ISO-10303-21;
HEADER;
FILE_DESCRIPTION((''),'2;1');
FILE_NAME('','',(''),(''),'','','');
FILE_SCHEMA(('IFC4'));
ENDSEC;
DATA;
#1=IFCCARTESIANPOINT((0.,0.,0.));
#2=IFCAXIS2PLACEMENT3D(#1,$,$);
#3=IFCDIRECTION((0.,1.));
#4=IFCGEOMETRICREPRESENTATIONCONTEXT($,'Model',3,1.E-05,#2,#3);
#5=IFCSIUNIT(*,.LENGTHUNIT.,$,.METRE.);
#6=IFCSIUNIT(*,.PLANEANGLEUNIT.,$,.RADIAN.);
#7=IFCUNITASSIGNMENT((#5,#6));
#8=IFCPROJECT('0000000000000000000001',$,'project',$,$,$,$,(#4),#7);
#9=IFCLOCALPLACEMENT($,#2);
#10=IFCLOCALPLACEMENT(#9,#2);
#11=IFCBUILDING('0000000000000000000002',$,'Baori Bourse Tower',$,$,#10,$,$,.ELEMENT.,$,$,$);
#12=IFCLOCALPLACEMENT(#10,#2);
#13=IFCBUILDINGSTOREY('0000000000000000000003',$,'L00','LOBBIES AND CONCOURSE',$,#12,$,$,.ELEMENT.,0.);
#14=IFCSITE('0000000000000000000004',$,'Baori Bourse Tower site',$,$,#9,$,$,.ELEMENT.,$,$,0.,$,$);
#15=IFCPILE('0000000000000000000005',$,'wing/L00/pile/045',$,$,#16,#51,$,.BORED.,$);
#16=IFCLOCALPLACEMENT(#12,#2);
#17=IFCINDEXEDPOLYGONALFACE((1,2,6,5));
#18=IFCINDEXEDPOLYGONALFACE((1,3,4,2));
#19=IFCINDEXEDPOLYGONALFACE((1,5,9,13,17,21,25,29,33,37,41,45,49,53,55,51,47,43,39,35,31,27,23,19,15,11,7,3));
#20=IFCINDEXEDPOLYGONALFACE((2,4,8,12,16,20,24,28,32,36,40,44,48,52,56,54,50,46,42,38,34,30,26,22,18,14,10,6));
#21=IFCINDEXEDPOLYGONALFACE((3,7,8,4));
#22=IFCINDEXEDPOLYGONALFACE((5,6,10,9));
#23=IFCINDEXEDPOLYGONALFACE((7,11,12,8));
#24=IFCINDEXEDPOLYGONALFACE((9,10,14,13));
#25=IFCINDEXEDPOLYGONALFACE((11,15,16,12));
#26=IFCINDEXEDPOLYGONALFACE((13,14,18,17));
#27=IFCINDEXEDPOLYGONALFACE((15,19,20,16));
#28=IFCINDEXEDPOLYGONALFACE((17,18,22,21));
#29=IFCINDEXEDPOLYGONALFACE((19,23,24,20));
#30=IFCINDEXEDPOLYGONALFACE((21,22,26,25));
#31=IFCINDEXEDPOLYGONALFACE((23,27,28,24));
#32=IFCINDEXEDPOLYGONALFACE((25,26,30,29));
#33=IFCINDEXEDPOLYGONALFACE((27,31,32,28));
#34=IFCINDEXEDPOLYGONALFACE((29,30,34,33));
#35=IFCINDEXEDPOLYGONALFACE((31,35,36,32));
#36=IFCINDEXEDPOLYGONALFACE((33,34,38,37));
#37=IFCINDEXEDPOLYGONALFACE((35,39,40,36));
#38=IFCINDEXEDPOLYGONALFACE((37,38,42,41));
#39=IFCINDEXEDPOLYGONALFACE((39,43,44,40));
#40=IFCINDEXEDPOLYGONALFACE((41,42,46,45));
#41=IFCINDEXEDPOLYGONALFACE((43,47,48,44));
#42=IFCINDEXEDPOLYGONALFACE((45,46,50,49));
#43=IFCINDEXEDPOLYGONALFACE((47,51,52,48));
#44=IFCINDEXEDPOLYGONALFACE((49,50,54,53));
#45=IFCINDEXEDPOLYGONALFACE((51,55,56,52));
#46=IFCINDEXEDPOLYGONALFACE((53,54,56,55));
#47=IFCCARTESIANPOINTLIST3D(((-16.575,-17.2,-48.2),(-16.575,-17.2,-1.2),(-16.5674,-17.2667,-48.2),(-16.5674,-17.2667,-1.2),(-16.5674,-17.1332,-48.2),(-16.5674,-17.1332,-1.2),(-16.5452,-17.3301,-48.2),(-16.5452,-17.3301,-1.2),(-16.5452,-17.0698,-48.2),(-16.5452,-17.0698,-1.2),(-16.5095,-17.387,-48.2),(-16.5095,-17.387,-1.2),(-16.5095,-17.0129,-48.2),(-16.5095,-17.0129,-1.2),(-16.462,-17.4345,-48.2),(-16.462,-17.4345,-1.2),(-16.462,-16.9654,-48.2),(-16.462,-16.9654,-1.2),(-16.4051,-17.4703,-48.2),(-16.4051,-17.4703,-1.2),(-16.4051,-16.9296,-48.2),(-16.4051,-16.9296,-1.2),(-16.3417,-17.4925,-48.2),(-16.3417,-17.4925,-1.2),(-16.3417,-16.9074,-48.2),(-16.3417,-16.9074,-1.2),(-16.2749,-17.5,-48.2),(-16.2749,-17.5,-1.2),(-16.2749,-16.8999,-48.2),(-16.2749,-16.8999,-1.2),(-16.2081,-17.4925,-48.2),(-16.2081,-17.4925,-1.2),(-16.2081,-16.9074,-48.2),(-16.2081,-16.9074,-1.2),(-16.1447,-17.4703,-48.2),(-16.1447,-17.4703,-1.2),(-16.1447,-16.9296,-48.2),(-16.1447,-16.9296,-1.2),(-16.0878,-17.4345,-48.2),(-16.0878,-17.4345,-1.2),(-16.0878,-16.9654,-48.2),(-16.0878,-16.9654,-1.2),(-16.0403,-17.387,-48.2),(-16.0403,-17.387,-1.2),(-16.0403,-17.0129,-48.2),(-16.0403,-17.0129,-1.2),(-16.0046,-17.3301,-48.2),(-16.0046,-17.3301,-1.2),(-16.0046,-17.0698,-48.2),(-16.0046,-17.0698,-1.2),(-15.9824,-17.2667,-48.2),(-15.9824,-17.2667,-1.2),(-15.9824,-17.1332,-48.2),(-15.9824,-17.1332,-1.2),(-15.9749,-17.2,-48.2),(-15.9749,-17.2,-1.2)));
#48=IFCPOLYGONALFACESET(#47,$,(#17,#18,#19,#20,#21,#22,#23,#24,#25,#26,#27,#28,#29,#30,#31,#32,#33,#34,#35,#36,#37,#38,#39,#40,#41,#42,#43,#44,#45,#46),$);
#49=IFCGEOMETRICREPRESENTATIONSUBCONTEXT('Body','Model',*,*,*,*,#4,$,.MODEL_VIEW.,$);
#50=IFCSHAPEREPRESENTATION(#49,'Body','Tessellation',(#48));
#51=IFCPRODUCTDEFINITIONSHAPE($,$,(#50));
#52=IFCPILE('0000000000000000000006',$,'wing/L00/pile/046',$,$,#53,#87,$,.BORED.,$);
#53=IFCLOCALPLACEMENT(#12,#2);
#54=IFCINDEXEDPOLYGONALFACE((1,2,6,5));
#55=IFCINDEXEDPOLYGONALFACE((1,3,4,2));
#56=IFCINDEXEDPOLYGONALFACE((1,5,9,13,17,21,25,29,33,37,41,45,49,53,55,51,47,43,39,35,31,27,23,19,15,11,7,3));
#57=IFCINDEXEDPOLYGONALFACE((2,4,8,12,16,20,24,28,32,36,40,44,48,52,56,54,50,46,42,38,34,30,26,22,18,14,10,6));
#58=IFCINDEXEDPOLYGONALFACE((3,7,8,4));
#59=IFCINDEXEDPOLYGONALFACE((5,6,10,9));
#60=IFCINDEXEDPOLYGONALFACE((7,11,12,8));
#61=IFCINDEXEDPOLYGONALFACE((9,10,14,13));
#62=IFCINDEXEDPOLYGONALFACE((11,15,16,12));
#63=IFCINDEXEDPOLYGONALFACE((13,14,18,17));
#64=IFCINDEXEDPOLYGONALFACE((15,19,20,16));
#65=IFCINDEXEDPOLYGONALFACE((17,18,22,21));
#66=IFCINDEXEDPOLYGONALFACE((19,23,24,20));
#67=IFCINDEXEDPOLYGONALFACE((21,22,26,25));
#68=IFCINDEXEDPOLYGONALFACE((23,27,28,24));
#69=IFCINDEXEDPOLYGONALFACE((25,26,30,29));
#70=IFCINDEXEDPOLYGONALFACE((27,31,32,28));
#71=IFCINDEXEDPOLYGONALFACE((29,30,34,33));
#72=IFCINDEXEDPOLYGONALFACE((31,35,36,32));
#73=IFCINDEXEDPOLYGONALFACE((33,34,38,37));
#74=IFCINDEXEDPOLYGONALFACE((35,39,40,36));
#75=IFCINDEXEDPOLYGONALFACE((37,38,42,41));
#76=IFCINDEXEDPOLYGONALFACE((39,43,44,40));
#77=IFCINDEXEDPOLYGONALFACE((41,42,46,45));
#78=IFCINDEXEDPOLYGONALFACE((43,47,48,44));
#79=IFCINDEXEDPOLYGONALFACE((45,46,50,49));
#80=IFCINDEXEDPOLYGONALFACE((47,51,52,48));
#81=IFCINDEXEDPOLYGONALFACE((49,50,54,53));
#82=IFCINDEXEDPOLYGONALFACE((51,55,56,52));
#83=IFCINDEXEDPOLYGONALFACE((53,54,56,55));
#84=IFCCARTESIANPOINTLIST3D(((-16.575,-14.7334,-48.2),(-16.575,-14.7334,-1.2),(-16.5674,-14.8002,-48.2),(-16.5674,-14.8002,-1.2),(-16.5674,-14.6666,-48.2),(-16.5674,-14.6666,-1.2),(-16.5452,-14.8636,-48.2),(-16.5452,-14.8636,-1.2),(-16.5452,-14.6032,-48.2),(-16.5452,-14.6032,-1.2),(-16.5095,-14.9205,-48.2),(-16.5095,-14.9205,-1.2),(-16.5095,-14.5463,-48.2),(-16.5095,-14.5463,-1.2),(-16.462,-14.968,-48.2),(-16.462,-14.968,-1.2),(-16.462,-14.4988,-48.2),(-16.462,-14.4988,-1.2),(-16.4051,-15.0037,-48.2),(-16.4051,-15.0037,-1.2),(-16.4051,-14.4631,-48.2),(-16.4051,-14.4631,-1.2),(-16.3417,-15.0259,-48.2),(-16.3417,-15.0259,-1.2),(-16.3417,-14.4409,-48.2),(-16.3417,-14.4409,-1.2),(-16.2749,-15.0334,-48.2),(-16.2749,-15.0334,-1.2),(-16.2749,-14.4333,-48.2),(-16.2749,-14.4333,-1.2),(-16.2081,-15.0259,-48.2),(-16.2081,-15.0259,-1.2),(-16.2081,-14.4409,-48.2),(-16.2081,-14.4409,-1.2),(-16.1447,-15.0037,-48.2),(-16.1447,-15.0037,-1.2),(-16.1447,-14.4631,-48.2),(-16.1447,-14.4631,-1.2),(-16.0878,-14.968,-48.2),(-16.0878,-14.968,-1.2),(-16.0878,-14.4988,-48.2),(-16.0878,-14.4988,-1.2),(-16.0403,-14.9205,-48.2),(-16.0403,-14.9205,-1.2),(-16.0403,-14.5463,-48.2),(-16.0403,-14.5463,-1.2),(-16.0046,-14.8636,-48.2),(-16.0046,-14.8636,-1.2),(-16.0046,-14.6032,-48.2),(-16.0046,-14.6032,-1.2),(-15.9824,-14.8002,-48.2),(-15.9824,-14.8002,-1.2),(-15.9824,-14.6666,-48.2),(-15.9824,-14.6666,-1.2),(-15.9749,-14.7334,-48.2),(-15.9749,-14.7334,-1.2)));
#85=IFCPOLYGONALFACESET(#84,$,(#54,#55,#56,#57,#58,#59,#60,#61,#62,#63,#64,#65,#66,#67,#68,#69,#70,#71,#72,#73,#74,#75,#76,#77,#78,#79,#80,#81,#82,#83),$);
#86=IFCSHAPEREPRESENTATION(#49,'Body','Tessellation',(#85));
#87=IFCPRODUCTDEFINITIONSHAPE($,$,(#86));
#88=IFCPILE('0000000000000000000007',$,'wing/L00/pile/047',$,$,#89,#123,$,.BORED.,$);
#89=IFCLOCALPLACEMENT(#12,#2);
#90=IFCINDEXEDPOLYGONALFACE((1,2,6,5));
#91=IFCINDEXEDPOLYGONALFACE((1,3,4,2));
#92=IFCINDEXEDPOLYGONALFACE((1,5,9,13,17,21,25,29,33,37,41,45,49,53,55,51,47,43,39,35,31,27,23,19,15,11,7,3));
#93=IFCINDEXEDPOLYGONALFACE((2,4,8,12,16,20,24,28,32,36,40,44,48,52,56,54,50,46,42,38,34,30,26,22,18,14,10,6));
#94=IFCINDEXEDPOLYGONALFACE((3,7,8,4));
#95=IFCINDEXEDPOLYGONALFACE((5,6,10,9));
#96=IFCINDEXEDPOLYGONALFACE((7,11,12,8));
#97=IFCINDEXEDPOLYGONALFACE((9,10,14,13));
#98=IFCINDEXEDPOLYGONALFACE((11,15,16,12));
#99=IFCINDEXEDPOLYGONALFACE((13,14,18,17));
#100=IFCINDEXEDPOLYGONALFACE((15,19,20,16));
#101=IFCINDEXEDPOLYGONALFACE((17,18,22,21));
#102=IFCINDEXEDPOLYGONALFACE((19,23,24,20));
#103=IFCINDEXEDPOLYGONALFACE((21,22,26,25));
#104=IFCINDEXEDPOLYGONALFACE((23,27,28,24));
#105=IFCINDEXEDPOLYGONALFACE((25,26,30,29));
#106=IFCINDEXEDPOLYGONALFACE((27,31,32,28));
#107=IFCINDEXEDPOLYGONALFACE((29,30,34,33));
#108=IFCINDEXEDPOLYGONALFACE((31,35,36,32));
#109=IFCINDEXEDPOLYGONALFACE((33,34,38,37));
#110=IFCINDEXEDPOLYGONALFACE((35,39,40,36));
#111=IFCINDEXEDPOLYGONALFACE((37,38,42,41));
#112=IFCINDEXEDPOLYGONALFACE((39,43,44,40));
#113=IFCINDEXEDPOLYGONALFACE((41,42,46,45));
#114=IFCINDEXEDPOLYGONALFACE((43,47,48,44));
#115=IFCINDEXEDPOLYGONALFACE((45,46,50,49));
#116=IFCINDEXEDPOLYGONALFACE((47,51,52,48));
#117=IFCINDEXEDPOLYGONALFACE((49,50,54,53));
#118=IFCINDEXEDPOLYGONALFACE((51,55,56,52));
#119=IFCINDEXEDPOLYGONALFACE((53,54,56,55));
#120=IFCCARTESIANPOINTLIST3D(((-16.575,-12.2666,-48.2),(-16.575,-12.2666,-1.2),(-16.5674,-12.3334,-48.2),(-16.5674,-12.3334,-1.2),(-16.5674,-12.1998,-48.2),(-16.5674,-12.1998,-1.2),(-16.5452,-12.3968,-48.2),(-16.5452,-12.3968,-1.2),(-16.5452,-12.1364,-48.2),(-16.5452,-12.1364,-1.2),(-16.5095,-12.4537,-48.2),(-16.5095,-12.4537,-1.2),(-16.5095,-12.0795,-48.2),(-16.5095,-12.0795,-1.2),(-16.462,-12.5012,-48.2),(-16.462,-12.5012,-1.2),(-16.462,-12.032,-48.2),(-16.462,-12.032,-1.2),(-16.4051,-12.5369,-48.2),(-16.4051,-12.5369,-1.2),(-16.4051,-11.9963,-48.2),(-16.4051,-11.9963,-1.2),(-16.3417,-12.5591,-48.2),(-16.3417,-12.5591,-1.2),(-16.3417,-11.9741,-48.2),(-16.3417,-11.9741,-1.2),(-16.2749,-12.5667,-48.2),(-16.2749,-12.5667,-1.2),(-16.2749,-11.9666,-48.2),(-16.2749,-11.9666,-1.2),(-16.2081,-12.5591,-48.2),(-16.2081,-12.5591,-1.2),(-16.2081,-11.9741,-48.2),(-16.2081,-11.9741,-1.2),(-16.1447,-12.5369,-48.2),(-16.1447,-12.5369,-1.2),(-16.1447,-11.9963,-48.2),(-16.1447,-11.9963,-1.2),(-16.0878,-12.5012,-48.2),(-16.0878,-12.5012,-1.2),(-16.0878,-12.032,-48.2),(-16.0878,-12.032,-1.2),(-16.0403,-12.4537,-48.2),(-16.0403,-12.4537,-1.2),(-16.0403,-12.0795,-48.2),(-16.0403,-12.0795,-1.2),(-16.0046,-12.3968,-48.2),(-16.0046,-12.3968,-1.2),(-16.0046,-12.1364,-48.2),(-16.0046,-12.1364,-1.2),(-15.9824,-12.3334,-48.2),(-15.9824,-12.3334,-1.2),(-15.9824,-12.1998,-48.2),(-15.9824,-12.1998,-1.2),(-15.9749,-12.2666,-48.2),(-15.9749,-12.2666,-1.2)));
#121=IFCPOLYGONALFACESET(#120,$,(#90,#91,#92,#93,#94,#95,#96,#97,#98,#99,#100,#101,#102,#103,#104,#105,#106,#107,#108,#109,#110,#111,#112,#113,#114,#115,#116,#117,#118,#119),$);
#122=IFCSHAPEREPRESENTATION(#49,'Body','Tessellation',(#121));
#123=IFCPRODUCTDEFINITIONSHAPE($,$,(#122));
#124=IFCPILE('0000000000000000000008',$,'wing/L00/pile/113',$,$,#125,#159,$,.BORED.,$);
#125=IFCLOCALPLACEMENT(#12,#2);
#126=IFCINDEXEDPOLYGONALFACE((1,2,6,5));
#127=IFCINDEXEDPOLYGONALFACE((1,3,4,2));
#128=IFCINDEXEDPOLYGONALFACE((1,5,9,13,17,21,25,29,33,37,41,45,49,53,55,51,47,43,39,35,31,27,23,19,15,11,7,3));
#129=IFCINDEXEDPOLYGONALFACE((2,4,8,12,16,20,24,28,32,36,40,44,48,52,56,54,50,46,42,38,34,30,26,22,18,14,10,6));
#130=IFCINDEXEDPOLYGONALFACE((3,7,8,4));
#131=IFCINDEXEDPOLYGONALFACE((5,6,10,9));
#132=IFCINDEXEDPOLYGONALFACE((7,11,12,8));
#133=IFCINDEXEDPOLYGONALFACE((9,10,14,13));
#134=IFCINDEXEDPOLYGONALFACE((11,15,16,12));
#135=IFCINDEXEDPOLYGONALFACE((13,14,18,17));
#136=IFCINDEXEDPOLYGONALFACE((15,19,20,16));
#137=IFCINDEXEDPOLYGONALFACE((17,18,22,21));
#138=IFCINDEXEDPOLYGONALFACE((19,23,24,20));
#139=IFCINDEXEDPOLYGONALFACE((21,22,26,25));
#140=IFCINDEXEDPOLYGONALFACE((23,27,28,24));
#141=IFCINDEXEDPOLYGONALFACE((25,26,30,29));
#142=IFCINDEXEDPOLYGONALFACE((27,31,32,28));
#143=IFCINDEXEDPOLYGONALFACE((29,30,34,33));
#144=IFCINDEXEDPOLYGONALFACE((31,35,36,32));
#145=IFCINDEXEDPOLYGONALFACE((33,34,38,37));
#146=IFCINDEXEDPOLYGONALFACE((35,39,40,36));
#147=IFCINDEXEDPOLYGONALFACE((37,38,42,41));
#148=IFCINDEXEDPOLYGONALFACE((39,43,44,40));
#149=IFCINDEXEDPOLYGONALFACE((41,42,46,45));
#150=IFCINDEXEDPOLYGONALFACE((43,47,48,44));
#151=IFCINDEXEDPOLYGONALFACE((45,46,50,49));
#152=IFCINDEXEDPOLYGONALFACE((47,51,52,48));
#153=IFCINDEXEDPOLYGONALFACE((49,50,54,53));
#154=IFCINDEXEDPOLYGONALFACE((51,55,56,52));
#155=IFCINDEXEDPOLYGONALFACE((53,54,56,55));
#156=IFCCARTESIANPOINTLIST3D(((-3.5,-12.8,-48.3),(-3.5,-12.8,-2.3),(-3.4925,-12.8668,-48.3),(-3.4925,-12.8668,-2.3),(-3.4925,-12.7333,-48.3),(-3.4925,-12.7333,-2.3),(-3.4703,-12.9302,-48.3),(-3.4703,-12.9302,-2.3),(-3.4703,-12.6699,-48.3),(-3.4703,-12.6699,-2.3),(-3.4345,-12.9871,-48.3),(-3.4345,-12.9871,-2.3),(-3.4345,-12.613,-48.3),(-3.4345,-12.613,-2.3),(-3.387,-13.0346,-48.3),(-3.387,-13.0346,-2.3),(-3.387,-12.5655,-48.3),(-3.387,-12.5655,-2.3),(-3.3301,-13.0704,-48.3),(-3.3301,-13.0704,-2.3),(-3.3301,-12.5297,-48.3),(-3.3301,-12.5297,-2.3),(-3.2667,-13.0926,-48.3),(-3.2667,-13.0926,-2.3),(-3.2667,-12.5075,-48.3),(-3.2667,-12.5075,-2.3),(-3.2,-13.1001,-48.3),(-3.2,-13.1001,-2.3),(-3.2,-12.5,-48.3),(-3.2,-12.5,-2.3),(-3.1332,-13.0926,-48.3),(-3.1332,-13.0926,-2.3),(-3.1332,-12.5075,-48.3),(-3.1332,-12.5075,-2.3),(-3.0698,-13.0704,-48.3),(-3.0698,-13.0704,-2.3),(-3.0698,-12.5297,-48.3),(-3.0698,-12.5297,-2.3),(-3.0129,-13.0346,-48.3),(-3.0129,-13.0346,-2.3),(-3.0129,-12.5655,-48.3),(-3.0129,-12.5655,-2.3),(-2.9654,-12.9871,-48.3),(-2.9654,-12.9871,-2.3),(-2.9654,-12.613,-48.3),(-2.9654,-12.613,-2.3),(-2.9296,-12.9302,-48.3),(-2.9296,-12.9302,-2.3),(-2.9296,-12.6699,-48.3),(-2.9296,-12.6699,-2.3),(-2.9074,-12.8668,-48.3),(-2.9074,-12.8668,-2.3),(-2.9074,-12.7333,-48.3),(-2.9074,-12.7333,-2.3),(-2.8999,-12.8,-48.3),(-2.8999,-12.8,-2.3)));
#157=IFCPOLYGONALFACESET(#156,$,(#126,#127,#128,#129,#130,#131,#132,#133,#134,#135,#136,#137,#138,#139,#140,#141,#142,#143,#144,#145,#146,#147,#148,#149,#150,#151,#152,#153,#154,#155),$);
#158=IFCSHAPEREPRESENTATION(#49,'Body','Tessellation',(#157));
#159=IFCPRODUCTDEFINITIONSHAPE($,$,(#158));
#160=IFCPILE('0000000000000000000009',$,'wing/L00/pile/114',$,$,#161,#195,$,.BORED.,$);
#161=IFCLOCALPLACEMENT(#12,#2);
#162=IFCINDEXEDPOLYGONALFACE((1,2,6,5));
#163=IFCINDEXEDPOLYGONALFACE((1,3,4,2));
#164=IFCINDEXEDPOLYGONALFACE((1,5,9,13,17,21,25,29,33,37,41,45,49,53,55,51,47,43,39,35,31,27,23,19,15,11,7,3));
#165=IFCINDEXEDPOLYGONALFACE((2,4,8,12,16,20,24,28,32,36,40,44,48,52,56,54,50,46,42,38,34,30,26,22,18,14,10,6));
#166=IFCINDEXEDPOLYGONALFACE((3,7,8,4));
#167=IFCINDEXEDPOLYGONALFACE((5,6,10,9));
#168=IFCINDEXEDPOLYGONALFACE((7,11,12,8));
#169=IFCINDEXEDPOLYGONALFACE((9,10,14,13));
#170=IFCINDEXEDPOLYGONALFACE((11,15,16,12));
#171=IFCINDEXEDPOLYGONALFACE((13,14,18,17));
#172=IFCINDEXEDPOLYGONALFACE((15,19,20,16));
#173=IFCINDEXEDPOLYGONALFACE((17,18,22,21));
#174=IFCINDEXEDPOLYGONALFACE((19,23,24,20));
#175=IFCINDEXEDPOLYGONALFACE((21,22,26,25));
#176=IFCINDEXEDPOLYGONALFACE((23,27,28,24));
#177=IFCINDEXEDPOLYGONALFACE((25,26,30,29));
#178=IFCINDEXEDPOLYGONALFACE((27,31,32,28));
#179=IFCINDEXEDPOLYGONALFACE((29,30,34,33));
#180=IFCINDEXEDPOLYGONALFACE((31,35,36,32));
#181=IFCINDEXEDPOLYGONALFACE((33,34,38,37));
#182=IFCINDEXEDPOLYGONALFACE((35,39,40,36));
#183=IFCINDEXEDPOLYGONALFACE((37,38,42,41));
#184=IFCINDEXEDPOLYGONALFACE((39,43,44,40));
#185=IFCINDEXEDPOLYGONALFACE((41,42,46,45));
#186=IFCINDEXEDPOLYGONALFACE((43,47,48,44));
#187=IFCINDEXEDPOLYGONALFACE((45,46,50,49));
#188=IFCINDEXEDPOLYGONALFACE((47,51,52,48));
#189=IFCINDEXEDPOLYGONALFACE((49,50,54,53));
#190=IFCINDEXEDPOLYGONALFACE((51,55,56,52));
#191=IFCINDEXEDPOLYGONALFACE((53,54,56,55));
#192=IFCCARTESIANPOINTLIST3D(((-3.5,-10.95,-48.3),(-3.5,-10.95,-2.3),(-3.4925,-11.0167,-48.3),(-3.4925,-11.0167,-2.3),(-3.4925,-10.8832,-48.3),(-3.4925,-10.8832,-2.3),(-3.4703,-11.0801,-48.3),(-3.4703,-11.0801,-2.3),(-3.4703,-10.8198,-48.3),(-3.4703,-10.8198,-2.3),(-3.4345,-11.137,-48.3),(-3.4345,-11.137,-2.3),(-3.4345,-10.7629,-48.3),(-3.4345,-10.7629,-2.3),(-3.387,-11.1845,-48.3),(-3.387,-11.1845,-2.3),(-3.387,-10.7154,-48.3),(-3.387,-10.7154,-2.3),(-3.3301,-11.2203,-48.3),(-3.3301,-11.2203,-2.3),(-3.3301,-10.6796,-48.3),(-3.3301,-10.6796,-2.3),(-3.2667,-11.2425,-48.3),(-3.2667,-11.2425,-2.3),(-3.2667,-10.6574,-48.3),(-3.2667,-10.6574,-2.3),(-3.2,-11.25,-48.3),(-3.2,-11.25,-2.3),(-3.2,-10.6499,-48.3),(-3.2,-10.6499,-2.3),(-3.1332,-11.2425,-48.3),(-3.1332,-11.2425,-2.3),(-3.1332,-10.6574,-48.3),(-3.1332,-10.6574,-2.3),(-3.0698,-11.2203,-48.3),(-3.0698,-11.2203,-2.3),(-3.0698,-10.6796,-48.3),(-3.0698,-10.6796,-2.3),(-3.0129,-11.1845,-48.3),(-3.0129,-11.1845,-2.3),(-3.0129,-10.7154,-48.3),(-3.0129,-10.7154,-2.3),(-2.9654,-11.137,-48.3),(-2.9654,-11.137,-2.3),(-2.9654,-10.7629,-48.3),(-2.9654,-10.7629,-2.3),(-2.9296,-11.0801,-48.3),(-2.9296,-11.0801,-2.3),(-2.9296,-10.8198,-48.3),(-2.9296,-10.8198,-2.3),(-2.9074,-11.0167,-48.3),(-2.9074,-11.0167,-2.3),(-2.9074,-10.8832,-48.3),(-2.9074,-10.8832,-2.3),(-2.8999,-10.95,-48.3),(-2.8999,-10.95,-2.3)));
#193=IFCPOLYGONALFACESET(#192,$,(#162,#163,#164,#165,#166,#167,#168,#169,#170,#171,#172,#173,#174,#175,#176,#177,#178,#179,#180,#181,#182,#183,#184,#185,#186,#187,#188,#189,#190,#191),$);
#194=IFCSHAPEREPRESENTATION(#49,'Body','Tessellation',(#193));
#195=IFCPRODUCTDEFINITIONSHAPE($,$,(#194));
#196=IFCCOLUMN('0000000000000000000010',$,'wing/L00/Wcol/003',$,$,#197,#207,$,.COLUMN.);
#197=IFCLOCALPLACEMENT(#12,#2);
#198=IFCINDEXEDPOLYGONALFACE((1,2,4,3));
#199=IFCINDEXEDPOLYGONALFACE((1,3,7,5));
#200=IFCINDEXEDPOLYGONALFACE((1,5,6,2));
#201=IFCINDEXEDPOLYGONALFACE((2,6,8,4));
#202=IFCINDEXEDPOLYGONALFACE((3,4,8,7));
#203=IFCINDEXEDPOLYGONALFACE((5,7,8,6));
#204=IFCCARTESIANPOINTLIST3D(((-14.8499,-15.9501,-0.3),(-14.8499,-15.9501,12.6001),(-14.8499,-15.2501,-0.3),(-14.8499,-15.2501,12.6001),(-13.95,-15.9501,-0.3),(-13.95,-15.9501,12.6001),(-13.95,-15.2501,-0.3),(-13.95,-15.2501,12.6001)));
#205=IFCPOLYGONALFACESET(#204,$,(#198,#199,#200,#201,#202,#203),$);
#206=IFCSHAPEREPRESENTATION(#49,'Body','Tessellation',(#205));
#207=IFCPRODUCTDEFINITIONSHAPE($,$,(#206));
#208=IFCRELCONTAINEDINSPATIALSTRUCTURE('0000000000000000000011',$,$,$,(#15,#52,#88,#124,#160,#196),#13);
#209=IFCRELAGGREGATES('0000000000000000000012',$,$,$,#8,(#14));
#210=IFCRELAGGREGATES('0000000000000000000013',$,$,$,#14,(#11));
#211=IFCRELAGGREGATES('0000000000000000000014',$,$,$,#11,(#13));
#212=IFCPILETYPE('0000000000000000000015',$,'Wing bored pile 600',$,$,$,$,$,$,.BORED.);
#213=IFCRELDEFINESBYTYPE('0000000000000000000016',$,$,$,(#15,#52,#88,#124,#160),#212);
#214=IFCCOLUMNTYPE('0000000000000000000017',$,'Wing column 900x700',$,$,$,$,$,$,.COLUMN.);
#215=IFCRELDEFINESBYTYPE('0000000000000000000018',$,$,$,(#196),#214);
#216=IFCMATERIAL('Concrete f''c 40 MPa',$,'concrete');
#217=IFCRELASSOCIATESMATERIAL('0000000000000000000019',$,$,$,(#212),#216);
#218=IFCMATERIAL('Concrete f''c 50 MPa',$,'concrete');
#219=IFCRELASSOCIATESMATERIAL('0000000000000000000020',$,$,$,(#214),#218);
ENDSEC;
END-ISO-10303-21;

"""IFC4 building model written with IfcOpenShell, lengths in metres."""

from ifc_helpers import new_model, si_unit, direction, frame, origin, origin_2d, place, context, subcontext, project, spatial, rectangle, circle, extrude, material, material_profile, profile_set, type_object, element, save


model = new_model("IFC4")

# Units and contexts
model_context = context("Model", 3, precision=1e-05, world=origin(), true_north=direction((0.0, 1.0)))
body_context = subcontext(model_context, "Body", "Model", "MODEL_VIEW")
ifc_project = project(units=[si_unit("LENGTHUNIT", "METRE"), si_unit("PLANEANGLEUNIT", "RADIAN")], contexts=[model_context])

# Site, building, storey
site_placement = place(None, origin())
site = spatial("IfcSite", under=ifc_project, at=site_placement, Name="Baori Bourse Tower site", CompositionType="ELEMENT", RefElevation=0.0)
building_placement = place(site_placement, origin())
building = spatial("IfcBuilding", under=site, at=building_placement, Name="Baori Bourse Tower", CompositionType="ELEMENT")
storey_placement = place(building_placement, origin())
storey = spatial("IfcBuildingStorey", under=building, at=storey_placement, Name="L00", Description="LOBBIES AND CONCOURSE", CompositionType="ELEMENT", Elevation=0.0)

# Piles
ifc_material_1 = material(Name="Concrete f'c 40 MPa", Category="concrete")
ifc_material_profile_1 = material_profile(ifc_material_1, circle(Radius=0.3, at=origin_2d()), Name="Wing bored pile 600")
ifc_profile_set_1 = profile_set([ifc_material_profile_1], Name="Concrete f'c 40 MPa")
pile_type = type_object("IfcPileType", Name="Wing bored pile 600", PredefinedType="BORED", material=ifc_profile_set_1)
for number, where, z_axis, x_axis, name in (
    (1, (-16.2749, -17.2, -1.2), (0.0, 0.0, -1.0), (1.0, 0.0, 0.0), "wing/L00/pile/045"),
    (2, (-16.2749, -14.7334, -1.2), (0.0, 0.0, -1.0), (1.0, 0.0, 0.0), "wing/L00/pile/046"),
    (3, (-16.2749, -12.2666, -1.2), (0.0, 0.0, -1.0), (1.0, 0.0, 0.0), "wing/L00/pile/047"),
):
    element("IfcPile", number, at=place(storey_placement, frame(where, z_axis=z_axis, x_axis=x_axis)), inside=storey, type_object=pile_type, Name=name, PredefinedType="BORED", context=body_context, shape_type="SweptSolid", body=[
        extrude(circle(Radius=0.3, at=origin_2d()), origin(), (0.0, 0.0, 1.0), 47.0),
    ])
for number, where, z_axis, x_axis, name in (
    (4, (-3.2, -12.8, -2.3), (0.0, 0.0, -1.0), (1.0, 0.0, 0.0), "wing/L00/pile/113"),
    (5, (-3.2, -10.95, -2.3), (0.0, 0.0, -1.0), (1.0, 0.0, 0.0), "wing/L00/pile/114"),
):
    element("IfcPile", number, at=place(storey_placement, frame(where, z_axis=z_axis, x_axis=x_axis)), inside=storey, type_object=pile_type, Name=name, PredefinedType="BORED", context=body_context, shape_type="SweptSolid", body=[
        extrude(circle(Radius=0.3, at=origin_2d()), origin(), (0.0, 0.0, 1.0), 46.0),
    ])

# Column
ifc_material_2 = material(Name="Concrete f'c 50 MPa", Category="concrete")
ifc_material_profile_2 = material_profile(ifc_material_2, rectangle(XDim=0.8999, YDim=0.7, at=origin_2d()), Name="Wing column 900x700")
ifc_profile_set_2 = profile_set([ifc_material_profile_2], Name="Concrete f'c 50 MPa")
column_type = type_object("IfcColumnType", Name="Wing column 900x700", PredefinedType="COLUMN", material=ifc_profile_set_2)
for number, where, z_axis, x_axis, name in (
    (6, (-14.3999, -15.6001, -0.3), (0.0, 0.0, 1.0), (1.0, 0.0, 0.0), "wing/L00/Wcol/003"),
):
    element("IfcColumn", number, at=place(storey_placement, frame(where, z_axis=z_axis, x_axis=x_axis)), inside=storey, type_object=column_type, Name=name, PredefinedType="COLUMN", context=body_context, shape_type="SweptSolid", body=[
        extrude(rectangle(XDim=0.8999, YDim=0.7, at=origin_2d()), origin(), (0.0, 0.0, 1.0), 12.9001),
    ])

save(model, "model.ifc")
